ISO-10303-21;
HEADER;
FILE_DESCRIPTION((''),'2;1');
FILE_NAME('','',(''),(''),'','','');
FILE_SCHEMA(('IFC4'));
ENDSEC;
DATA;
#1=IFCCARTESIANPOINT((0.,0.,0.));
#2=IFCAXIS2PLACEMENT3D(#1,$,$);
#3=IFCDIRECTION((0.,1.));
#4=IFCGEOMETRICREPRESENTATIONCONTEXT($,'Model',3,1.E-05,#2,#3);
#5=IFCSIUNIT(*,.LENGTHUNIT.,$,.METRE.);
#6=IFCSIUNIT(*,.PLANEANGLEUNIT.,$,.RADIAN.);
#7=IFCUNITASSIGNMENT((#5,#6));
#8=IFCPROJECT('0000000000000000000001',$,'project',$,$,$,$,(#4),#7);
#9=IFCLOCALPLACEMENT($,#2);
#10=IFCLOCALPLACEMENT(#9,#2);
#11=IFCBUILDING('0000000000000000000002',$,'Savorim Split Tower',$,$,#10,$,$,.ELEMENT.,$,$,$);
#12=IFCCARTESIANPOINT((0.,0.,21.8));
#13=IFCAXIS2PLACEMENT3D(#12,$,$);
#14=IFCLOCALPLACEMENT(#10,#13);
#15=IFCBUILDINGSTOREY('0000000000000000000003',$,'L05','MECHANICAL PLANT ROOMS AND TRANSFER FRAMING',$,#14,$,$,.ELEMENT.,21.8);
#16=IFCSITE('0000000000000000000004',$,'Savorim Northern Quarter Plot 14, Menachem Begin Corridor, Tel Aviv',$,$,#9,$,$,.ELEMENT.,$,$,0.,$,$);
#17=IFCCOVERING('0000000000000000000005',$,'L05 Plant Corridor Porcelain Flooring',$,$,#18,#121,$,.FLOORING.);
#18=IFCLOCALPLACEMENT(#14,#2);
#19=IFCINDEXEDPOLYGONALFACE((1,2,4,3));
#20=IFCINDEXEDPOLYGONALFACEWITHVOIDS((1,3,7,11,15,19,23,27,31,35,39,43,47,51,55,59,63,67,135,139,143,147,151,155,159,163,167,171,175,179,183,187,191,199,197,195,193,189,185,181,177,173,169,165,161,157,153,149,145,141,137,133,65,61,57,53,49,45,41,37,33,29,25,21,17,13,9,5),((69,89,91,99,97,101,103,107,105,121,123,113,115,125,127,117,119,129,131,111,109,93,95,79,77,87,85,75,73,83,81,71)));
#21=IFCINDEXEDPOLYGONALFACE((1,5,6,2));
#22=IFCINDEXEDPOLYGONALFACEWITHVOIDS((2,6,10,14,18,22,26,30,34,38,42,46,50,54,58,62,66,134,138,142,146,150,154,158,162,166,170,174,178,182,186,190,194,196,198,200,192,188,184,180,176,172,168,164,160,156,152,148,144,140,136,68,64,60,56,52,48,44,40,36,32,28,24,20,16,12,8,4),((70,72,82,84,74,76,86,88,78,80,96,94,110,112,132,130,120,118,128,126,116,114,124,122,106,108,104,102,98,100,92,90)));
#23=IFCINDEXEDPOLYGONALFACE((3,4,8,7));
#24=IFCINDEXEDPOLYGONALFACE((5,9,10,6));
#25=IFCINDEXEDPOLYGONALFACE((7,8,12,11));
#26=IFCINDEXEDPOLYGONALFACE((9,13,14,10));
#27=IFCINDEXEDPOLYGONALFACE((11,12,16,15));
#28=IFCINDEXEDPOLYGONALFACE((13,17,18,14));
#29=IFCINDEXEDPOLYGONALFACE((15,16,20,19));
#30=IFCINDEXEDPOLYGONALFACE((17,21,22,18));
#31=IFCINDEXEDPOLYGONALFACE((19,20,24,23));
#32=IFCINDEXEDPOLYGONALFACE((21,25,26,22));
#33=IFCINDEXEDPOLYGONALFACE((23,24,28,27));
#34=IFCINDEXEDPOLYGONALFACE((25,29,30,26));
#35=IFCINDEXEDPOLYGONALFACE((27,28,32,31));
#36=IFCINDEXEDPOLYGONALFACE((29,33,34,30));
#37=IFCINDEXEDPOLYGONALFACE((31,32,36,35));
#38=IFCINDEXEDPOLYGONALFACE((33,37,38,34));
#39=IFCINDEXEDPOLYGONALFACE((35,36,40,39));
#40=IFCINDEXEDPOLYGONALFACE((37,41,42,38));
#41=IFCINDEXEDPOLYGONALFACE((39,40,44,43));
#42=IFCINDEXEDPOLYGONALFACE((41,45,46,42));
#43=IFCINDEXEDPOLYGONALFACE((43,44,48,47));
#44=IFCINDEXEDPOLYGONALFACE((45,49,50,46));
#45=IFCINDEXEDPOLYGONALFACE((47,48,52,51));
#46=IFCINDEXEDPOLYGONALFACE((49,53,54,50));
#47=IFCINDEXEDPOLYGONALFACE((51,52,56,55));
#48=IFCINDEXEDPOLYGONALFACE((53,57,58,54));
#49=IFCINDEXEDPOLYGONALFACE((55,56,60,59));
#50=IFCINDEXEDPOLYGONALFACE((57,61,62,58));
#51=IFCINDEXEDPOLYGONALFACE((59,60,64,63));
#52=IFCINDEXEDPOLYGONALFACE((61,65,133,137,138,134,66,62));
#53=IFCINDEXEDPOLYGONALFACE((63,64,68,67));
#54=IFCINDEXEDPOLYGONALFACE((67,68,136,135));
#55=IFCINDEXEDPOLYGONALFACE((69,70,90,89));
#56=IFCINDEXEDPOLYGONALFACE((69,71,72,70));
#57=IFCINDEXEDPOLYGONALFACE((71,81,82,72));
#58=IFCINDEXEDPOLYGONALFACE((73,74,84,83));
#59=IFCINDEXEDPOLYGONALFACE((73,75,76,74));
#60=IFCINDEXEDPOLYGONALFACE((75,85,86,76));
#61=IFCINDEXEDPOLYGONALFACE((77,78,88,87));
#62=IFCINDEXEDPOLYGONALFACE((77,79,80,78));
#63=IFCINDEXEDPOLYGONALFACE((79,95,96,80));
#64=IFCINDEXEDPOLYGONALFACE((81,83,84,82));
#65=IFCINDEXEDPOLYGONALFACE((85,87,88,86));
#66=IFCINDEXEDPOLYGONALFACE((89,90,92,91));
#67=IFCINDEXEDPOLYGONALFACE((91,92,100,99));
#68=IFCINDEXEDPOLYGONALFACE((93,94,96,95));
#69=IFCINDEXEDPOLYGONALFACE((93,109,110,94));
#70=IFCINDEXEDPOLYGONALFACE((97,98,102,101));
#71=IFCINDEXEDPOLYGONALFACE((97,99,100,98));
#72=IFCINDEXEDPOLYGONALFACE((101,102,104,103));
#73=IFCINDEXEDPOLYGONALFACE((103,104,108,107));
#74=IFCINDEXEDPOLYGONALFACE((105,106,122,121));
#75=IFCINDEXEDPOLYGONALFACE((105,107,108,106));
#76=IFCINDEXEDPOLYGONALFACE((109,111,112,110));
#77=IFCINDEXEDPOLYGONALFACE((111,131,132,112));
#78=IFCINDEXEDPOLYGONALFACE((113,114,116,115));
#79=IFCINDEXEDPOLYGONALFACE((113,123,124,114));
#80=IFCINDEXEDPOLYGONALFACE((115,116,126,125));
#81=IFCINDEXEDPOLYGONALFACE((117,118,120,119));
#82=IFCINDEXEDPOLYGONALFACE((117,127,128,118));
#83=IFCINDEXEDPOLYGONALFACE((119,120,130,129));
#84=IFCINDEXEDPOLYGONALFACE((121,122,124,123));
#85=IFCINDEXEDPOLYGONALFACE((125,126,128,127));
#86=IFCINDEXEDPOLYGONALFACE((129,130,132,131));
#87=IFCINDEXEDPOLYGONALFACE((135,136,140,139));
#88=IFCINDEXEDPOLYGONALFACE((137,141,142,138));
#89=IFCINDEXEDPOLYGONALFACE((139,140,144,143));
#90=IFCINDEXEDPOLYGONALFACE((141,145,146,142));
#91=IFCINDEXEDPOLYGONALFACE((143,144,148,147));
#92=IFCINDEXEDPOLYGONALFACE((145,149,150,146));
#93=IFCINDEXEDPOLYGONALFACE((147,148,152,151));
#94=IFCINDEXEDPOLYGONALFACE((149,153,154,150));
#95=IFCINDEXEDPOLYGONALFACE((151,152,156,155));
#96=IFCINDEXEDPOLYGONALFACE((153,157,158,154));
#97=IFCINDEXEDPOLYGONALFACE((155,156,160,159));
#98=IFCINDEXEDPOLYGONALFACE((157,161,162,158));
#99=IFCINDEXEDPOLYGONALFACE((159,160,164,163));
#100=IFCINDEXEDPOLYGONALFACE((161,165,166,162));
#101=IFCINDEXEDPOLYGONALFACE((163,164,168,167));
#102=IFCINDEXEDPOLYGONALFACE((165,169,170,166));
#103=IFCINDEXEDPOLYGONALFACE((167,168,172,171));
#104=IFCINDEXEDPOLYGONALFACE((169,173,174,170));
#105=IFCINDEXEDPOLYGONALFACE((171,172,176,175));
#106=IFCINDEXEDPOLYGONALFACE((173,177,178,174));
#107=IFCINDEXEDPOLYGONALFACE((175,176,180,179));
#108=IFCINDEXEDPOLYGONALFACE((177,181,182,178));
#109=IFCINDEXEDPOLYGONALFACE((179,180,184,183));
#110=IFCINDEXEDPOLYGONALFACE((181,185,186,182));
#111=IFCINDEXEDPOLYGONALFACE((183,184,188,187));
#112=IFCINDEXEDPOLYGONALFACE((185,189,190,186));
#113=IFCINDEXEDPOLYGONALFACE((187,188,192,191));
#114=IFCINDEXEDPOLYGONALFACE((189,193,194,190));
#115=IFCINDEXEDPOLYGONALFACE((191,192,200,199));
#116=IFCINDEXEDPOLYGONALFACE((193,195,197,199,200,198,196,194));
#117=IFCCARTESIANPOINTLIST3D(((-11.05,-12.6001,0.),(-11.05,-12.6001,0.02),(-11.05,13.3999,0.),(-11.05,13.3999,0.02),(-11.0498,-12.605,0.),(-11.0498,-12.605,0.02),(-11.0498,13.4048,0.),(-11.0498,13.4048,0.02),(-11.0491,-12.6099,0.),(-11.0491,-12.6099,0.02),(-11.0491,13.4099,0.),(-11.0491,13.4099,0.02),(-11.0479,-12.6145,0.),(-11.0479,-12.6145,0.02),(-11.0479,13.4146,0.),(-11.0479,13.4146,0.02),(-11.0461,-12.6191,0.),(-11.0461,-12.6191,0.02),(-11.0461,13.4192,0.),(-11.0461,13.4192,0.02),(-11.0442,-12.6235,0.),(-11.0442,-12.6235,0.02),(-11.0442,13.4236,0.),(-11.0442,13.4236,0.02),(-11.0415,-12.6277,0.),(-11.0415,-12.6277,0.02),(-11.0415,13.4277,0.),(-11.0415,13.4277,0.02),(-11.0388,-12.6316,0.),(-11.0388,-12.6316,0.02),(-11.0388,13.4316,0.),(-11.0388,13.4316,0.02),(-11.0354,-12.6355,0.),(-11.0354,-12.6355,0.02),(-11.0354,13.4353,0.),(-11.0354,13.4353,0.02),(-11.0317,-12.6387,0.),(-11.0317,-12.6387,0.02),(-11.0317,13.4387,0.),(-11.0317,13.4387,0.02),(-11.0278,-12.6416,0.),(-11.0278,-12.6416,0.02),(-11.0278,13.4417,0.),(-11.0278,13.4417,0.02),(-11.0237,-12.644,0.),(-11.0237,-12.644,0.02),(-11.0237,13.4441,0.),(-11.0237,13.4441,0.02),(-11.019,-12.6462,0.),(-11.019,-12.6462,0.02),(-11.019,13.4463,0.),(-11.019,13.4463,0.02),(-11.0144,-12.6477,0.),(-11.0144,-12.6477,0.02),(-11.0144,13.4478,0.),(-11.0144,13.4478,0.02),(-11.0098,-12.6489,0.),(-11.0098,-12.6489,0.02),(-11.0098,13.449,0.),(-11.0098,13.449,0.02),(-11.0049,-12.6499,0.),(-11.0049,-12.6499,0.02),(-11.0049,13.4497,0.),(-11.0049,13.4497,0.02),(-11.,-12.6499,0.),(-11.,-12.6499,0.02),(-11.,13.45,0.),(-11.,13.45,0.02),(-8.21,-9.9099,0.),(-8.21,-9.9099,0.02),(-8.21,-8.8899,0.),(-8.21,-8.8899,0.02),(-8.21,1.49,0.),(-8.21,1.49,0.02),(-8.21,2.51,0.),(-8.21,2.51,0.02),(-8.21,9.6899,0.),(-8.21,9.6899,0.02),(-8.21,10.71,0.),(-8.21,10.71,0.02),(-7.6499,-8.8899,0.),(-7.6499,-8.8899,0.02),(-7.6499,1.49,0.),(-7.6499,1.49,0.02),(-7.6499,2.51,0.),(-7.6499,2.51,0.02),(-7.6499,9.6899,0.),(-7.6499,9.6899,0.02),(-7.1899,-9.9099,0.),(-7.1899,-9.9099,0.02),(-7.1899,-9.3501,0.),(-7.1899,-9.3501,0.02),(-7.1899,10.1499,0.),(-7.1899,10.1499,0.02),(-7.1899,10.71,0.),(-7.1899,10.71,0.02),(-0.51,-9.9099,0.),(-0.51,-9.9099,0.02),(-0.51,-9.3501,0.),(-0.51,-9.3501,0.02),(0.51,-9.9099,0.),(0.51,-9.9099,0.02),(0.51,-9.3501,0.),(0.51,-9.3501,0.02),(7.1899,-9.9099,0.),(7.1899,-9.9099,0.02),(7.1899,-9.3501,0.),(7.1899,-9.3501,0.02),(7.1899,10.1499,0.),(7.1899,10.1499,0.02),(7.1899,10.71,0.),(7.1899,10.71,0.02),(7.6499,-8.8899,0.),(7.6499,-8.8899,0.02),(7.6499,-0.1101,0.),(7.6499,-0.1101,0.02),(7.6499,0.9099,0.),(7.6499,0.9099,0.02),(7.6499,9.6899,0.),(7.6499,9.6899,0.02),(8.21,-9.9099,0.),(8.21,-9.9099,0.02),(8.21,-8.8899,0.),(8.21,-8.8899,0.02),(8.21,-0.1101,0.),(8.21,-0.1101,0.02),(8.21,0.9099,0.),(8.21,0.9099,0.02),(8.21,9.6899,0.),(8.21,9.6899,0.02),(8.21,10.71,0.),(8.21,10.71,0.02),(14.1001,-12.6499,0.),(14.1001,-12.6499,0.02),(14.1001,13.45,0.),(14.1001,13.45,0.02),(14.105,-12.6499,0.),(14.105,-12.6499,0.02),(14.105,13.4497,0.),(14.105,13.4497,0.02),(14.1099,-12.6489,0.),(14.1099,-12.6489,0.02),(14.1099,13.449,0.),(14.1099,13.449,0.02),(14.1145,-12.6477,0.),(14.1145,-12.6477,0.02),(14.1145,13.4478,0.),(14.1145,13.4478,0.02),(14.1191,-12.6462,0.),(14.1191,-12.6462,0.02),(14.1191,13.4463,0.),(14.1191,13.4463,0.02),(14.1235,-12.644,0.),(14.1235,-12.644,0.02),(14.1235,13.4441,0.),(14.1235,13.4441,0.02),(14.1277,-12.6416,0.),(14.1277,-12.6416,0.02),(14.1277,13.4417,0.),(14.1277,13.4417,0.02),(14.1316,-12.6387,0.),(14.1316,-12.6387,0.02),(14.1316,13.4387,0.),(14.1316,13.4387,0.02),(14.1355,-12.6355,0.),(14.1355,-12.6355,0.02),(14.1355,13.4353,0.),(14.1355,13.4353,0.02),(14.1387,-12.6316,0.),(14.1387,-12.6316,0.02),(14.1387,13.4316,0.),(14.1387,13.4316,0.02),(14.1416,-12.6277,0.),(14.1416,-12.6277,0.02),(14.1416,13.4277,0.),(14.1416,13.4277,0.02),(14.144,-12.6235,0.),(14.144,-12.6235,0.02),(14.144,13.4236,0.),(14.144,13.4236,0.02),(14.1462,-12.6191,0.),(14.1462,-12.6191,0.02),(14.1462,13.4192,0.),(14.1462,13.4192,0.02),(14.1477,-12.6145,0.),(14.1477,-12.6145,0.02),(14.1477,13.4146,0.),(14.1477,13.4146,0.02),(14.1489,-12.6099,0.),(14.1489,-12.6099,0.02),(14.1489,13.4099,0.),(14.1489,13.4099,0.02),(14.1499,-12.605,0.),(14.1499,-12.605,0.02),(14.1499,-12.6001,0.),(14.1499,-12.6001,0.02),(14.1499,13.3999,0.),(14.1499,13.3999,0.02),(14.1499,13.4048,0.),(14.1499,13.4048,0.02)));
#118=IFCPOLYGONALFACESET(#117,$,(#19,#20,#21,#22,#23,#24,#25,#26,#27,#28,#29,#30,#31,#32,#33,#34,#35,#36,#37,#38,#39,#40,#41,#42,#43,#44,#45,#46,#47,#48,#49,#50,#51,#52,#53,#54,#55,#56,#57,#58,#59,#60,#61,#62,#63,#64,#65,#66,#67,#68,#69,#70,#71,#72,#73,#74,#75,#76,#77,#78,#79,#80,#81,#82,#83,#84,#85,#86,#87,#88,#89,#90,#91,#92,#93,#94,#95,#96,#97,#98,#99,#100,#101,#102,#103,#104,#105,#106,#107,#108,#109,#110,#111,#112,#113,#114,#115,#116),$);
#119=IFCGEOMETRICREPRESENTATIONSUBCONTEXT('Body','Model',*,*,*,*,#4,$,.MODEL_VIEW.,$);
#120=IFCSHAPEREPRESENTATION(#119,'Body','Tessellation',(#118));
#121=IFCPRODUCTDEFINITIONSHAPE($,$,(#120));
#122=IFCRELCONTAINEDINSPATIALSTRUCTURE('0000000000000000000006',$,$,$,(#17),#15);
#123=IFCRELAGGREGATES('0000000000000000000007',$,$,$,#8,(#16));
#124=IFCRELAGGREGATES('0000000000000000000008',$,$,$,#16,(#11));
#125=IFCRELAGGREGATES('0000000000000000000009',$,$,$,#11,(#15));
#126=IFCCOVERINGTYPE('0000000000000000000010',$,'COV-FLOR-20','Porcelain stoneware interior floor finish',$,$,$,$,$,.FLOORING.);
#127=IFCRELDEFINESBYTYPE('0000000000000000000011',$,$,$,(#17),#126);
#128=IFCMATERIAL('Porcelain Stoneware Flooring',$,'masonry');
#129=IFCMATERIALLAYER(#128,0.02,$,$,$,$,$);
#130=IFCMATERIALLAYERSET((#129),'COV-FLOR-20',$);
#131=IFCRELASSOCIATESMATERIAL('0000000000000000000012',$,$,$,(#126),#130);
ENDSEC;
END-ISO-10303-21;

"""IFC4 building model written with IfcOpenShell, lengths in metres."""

from ifc_helpers import new_model, si_unit, direction, frame, origin, place, context, subcontext, project, spatial, polyline, outline, extrude, material, layer, layer_set, type_object, element, save


model = new_model("IFC4")

# Units and contexts
model_context = context("Model", 3, precision=1e-05, world=origin(), true_north=direction((0.0, 1.0)))
body_context = subcontext(model_context, "Body", "Model", "MODEL_VIEW")
ifc_project = project(units=[si_unit("LENGTHUNIT", "METRE"), si_unit("PLANEANGLEUNIT", "RADIAN")], contexts=[model_context])

# Site, building, storey
site_placement = place(None, origin())
site = spatial("IfcSite", under=ifc_project, at=site_placement, Name="Savorim Northern Quarter Plot 14, Menachem Begin Corridor, Tel Aviv", CompositionType="ELEMENT", RefElevation=0.0)
building_placement = place(site_placement, origin())
building = spatial("IfcBuilding", under=site, at=building_placement, Name="Savorim Split Tower", CompositionType="ELEMENT")
storey_placement = place(building_placement, frame((0.0, 0.0, 21.8)))
storey = spatial("IfcBuildingStorey", under=building, at=storey_placement, Name="L05", Description="MECHANICAL PLANT ROOMS AND TRANSFER FRAMING", CompositionType="ELEMENT", Elevation=21.8)

# Covering
ifc_material_1 = material(Name="Porcelain Stoneware Flooring", Category="masonry")
ifc_layer_1 = layer(ifc_material_1, 0.02)
ifc_layer_set_1 = layer_set([ifc_layer_1], Name="COV-FLOR-20")
covering_type_1 = type_object("IfcCoveringType", Name="COV-FLOR-20", Description="Porcelain stoneware interior floor finish", PredefinedType="FLOORING", material=ifc_layer_set_1)
covering_1_placement = place(storey_placement, origin())
element("IfcCovering", 1, at=covering_1_placement, inside=storey, type_object=covering_type_1, Name="L05 Plant Corridor Porcelain Flooring", PredefinedType="FLOORING", context=body_context, shape_type="SweptSolid", body=[
    extrude(outline(polyline([(14.1099, 13.449), (14.105, 13.4497), (14.1001, 13.45), (-11.0, 13.45), (-11.0049, 13.4497), (-11.0098, 13.449), (-11.0144, 13.4478), (-11.019, 13.4463), (-11.0237, 13.4441), (-11.0278, 13.4417), (-11.0317, 13.4387), (-11.0354, 13.4353), (-11.0388, 13.4316), (-11.0415, 13.4277), (-11.0442, 13.4236), (-11.0461, 13.4192), (-11.0479, 13.4146), (-11.0491, 13.4099), (-11.0498, 13.4048), (-11.05, 13.3999), (-11.05, -12.6001), (-11.0498, -12.605), (-11.0491, -12.6099), (-11.0479, -12.6145), (-11.0461, -12.6191), (-11.0442, -12.6235), (-11.0415, -12.6277), (-11.0388, -12.6316), (-11.0354, -12.6355), (-11.0317, -12.6387), (-11.0278, -12.6416), (-11.0237, -12.644), (-11.019, -12.6462), (-11.0144, -12.6477), (-11.0098, -12.6489), (-11.0049, -12.6499), (-11.0, -12.6499), (14.1001, -12.6499), (14.105, -12.6499), (14.1099, -12.6489), (14.1145, -12.6477), (14.1191, -12.6462), (14.1235, -12.644), (14.1277, -12.6416), (14.1316, -12.6387), (14.1355, -12.6355), (14.1387, -12.6316), (14.1416, -12.6277), (14.144, -12.6235), (14.1462, -12.6191), (14.1477, -12.6145), (14.1489, -12.6099), (14.1499, -12.605), (14.1499, -12.6001), (14.1499, 13.3999), (14.1499, 13.4048), (14.1489, 13.4099), (14.1477, 13.4146), (14.1462, 13.4192), (14.144, 13.4236), (14.1416, 13.4277), (14.1387, 13.4316), (14.1355, 13.4353), (14.1316, 13.4387), (14.1277, 13.4417), (14.1235, 13.4441), (14.1191, 13.4463), (14.1145, 13.4478), (14.1099, 13.449)]), holes=[polyline([(0.51, -9.9099), (0.51, -9.3501), (7.1899, -9.3501), (7.1899, -9.9099), (8.21, -9.9099), (8.21, -8.8899), (7.6499, -8.8899), (7.6499, -0.1101), (8.21, -0.1101), (8.21, 0.9099), (7.6499, 0.9099), (7.6499, 9.6899), (8.21, 9.6899), (8.21, 10.71), (7.1899, 10.71), (7.1899, 10.1499), (-7.1899, 10.1499), (-7.1899, 10.71), (-8.21, 10.71), (-8.21, 9.6899), (-7.6499, 9.6899), (-7.6499, 2.51), (-8.21, 2.51), (-8.21, 1.49), (-7.6499, 1.49), (-7.6499, -8.8899), (-8.21, -8.8899), (-8.21, -9.9099), (-7.1899, -9.9099), (-7.1899, -9.3501), (-0.51, -9.3501), (-0.51, -9.9099), (0.51, -9.9099)])]), origin(), (0.0, 0.0, 1.0), 0.02),
])

save(model, "model.ifc")
